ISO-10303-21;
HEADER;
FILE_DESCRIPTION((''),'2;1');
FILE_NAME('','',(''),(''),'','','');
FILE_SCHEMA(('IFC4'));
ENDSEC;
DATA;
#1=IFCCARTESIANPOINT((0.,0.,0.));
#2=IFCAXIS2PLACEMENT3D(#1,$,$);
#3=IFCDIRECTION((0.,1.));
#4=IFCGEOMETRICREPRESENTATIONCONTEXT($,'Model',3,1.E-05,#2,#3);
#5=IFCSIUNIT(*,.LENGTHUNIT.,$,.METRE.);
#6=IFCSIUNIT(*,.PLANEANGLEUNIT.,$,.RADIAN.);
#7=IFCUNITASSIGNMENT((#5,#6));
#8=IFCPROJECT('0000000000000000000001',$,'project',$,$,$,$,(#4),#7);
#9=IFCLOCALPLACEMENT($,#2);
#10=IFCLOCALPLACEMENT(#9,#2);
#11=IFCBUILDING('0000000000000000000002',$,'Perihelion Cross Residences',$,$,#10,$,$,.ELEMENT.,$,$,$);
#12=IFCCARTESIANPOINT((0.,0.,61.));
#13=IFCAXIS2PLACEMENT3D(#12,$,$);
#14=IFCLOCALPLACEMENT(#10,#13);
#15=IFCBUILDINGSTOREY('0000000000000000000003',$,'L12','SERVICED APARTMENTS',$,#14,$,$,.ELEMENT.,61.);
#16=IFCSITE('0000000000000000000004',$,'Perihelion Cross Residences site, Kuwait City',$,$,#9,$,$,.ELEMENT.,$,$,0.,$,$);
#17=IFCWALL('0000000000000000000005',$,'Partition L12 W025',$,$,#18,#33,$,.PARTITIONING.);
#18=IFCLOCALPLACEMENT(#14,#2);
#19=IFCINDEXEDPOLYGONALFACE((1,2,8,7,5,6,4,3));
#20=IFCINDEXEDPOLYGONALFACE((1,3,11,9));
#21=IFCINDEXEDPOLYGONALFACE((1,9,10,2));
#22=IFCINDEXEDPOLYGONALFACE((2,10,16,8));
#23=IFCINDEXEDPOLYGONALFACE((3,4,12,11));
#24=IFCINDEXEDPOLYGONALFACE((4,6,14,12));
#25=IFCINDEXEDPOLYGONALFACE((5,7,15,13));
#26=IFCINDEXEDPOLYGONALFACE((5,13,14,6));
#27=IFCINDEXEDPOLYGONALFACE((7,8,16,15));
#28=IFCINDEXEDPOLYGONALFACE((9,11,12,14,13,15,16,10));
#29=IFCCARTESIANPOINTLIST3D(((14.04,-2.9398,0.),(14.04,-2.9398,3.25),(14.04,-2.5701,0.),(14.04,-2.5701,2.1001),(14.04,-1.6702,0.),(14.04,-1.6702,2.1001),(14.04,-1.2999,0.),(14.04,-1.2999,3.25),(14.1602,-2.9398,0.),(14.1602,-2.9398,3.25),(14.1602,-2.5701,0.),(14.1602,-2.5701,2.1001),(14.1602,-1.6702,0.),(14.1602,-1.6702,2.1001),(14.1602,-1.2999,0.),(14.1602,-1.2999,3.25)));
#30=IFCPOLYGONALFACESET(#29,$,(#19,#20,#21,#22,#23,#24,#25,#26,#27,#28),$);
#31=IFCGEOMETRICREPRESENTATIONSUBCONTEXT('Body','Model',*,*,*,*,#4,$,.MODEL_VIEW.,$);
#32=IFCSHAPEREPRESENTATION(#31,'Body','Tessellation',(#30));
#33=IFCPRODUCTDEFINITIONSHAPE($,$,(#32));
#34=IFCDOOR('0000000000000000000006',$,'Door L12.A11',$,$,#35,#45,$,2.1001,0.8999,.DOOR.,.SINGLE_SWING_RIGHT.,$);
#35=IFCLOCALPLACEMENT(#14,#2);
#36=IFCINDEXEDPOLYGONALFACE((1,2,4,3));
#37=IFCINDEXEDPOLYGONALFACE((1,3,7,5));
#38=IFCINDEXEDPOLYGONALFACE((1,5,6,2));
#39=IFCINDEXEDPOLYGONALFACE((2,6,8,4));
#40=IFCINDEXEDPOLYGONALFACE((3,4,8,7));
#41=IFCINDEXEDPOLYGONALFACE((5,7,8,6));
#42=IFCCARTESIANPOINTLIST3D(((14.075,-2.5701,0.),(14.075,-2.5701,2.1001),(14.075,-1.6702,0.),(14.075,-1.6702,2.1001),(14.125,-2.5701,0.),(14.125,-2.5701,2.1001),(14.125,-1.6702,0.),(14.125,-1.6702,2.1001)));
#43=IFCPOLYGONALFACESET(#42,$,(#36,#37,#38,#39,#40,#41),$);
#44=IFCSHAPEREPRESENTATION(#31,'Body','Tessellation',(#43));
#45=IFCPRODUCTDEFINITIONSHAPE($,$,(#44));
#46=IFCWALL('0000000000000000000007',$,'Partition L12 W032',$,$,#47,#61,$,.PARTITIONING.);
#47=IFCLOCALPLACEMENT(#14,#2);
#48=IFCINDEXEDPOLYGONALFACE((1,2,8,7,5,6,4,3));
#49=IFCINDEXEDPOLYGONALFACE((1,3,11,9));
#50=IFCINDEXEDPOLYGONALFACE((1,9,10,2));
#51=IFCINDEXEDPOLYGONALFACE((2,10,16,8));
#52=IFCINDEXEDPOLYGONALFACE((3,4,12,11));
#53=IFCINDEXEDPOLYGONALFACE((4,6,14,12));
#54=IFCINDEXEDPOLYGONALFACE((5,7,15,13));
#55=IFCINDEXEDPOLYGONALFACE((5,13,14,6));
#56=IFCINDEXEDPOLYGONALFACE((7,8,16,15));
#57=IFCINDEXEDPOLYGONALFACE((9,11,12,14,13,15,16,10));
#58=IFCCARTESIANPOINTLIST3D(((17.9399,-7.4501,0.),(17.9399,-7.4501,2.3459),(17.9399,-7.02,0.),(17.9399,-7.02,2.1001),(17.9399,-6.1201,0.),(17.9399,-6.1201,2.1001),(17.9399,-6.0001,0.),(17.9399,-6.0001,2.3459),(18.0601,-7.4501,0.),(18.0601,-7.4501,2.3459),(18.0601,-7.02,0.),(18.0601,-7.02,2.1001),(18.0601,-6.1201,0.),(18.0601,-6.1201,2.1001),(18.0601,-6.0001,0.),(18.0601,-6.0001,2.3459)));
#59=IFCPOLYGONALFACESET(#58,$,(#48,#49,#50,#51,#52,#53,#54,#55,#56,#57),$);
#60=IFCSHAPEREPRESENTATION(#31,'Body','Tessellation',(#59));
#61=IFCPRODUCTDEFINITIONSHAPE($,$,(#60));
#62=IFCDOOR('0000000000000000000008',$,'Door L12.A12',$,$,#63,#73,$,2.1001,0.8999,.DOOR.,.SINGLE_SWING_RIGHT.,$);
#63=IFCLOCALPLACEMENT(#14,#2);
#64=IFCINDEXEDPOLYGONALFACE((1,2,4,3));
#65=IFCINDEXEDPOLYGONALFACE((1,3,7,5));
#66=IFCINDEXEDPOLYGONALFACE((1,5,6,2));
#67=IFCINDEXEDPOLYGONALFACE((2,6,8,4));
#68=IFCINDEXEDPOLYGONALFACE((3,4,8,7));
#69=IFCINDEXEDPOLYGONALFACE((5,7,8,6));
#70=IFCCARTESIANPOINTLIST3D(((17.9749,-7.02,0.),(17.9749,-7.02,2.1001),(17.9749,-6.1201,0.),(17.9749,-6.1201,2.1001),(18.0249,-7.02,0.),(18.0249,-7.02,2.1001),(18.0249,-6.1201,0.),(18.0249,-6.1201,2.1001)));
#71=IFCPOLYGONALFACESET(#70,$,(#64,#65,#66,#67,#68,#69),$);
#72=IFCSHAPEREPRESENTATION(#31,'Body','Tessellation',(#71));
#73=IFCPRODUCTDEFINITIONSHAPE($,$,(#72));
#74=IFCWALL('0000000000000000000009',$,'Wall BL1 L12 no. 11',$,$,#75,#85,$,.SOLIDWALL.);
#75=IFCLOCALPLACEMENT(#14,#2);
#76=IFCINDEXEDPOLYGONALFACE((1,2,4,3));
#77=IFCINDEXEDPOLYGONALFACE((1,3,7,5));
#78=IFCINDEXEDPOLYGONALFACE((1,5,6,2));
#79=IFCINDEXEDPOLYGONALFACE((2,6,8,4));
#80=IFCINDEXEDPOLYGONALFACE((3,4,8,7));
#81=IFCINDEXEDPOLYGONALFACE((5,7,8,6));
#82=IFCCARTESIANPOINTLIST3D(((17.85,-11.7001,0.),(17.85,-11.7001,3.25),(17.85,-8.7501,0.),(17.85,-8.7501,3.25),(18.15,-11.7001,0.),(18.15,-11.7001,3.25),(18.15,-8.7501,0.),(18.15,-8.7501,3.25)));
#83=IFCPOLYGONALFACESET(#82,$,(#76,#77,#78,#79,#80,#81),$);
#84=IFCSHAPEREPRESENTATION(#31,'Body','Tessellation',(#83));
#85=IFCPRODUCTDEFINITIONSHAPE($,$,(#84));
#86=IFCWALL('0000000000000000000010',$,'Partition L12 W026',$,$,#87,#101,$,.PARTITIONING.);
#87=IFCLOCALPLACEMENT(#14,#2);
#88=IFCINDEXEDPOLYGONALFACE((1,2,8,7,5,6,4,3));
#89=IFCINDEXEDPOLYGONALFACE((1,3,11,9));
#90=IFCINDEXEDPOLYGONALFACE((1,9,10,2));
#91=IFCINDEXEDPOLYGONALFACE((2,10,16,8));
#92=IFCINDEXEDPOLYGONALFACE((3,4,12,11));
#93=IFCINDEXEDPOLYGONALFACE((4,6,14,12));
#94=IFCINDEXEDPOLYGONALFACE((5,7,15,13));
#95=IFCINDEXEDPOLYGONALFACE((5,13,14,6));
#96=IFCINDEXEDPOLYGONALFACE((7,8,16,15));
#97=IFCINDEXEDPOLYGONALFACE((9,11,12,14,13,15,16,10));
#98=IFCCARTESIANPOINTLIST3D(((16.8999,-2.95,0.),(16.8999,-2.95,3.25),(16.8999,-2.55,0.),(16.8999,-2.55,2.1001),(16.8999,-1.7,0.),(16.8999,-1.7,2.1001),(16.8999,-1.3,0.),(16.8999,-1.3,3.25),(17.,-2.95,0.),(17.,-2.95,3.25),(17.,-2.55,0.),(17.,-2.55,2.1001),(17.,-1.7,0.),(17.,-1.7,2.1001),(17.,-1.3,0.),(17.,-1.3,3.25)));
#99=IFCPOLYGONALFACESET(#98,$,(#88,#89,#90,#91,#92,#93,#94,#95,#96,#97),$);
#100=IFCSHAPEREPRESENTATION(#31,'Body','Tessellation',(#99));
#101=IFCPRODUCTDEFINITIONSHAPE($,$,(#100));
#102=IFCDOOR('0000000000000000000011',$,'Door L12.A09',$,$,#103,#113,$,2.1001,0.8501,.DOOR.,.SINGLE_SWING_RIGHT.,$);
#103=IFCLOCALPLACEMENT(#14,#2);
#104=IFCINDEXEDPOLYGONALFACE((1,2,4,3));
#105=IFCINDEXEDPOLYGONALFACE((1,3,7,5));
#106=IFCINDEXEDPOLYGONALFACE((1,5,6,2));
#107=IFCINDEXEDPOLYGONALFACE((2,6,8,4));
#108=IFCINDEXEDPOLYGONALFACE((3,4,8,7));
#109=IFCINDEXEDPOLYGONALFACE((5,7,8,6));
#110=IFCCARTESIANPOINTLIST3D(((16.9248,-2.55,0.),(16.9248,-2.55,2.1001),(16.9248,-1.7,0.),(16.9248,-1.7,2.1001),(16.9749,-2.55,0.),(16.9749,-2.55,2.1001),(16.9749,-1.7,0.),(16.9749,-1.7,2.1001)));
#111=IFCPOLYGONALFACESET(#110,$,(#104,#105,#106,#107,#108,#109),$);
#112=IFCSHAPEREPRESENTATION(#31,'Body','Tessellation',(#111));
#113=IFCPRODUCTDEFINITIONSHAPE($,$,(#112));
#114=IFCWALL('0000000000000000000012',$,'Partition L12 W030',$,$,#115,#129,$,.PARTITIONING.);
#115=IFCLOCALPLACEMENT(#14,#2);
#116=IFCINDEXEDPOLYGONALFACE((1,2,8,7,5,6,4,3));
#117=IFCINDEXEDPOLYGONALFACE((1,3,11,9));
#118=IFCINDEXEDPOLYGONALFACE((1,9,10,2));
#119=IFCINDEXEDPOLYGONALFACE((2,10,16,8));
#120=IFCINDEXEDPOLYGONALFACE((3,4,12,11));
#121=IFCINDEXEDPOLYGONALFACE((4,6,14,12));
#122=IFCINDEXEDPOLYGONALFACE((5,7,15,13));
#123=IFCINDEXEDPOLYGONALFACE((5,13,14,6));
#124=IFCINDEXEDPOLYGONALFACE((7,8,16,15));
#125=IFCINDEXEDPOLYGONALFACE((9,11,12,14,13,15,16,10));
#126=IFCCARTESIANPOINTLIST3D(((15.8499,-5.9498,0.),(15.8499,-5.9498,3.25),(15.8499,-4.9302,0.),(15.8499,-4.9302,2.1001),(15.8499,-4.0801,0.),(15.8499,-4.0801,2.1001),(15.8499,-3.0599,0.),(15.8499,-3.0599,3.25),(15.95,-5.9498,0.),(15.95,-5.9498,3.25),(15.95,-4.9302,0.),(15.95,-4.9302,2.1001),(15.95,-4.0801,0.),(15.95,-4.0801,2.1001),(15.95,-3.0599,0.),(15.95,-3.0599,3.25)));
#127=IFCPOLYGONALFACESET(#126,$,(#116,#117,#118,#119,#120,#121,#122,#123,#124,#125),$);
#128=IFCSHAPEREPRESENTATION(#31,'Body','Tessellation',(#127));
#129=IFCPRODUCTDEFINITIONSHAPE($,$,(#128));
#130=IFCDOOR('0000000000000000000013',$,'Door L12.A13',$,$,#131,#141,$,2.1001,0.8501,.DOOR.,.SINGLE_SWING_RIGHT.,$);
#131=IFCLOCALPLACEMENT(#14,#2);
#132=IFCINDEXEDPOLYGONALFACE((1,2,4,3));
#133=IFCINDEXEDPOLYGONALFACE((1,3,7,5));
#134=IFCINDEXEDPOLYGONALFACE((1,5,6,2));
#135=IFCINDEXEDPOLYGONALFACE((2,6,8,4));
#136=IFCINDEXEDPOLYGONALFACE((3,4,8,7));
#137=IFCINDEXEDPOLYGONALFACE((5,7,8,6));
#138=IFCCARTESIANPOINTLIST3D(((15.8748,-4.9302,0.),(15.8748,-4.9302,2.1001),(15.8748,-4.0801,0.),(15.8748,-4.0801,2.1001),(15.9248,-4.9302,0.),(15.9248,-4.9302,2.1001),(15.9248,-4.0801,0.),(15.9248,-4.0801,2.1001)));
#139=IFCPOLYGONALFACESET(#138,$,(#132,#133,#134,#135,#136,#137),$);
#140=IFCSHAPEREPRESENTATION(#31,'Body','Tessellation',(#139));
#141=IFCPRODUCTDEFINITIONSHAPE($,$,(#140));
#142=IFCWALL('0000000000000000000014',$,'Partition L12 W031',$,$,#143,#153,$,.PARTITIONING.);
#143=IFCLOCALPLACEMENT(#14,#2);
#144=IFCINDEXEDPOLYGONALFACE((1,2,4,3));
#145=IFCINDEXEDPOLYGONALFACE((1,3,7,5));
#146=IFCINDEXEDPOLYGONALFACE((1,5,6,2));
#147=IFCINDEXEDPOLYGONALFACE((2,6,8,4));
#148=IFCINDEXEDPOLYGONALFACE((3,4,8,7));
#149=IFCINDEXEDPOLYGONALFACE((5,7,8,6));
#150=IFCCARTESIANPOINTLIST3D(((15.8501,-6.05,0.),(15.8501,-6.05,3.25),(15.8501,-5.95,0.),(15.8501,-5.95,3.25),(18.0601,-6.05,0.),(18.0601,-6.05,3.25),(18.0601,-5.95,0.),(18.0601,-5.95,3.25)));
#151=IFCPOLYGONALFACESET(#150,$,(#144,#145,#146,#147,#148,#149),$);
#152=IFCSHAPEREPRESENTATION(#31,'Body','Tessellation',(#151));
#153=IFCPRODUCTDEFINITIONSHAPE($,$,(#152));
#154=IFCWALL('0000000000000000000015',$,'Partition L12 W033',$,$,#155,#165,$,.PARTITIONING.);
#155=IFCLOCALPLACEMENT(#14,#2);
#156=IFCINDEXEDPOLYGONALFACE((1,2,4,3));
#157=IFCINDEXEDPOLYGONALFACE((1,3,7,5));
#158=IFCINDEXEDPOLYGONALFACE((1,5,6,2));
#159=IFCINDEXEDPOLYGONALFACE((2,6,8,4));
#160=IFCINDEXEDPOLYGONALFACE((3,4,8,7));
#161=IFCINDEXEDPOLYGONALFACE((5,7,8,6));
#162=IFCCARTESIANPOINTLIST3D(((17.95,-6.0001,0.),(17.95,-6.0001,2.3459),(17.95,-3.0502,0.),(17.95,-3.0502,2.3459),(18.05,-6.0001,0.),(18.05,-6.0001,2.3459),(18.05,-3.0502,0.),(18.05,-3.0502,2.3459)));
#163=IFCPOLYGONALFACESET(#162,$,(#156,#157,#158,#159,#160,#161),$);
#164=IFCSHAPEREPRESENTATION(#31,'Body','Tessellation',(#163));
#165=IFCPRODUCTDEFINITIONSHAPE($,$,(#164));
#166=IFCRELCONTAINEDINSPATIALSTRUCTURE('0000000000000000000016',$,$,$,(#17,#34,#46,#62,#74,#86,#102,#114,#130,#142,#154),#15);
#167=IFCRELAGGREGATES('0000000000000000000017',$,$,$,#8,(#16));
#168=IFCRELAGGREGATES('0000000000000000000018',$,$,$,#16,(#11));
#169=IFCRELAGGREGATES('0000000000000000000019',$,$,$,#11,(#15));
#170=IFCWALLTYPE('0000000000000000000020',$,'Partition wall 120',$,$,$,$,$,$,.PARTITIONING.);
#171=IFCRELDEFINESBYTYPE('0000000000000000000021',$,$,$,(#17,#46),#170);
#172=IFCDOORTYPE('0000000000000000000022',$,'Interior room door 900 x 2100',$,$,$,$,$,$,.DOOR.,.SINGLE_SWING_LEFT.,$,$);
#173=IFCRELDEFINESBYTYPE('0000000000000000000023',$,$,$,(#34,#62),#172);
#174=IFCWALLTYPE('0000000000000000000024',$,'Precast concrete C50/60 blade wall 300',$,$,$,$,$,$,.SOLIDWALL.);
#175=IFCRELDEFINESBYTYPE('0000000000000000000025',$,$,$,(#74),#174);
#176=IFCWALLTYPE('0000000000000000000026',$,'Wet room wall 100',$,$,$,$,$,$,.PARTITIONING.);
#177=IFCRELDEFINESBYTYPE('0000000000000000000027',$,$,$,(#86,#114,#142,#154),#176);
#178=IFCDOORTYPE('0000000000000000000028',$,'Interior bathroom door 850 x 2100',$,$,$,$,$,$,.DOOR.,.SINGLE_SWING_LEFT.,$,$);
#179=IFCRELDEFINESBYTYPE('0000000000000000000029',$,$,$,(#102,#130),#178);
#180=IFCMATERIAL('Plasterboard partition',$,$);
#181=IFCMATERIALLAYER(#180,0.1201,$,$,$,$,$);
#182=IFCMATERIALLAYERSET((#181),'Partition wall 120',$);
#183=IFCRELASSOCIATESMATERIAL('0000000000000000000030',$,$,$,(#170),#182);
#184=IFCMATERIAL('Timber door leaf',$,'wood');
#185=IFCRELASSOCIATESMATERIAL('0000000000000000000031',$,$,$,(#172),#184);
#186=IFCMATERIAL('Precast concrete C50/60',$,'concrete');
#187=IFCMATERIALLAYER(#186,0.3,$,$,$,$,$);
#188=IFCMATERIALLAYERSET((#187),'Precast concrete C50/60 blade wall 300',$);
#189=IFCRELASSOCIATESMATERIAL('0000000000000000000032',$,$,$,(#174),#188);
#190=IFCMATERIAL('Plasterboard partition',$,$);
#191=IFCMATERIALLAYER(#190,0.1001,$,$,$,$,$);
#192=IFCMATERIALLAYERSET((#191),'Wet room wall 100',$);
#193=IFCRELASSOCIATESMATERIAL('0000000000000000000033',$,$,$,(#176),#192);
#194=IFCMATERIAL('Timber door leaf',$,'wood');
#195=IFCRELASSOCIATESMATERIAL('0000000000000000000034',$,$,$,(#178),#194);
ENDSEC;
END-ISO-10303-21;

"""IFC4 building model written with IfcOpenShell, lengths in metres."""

from ifc_helpers import new_model, si_unit, direction, frame, frame_2d, origin, place, context, subcontext, project, spatial, rectangle, extrude, material, layer, layer_set, type_object, element, fill, save


model = new_model("IFC4")

# Units and contexts
model_context = context("Model", 3, precision=1e-05, world=origin(), true_north=direction((0.0, 1.0)))
body_context = subcontext(model_context, "Body", "Model", "MODEL_VIEW")
ifc_project = project(units=[si_unit("LENGTHUNIT", "METRE"), si_unit("PLANEANGLEUNIT", "RADIAN")], contexts=[model_context])

# Site, building, storey
site_placement = place(None, origin())
site = spatial("IfcSite", under=ifc_project, at=site_placement, Name="Perihelion Cross Residences site, Kuwait City", CompositionType="ELEMENT", RefElevation=0.0)
building_placement = place(site_placement, origin())
building = spatial("IfcBuilding", under=site, at=building_placement, Name="Perihelion Cross Residences", CompositionType="ELEMENT")
storey_placement = place(building_placement, frame((0.0, 0.0, 61.0)))
storey = spatial("IfcBuildingStorey", under=building, at=storey_placement, Name="L12", Description="SERVICED APARTMENTS", CompositionType="ELEMENT", Elevation=61.0)

# Shared definitions
ifc_material_1 = material(Name="Plasterboard partition")
ifc_layer_1 = layer(ifc_material_1, 0.1201)
ifc_layer_set_1 = layer_set([ifc_layer_1], Name="Partition wall 120")
wall_type_1 = type_object("IfcWallType", Name="Partition wall 120", PredefinedType="PARTITIONING", material=ifc_layer_set_1)

# Shared definitions
ifc_material_2 = material(Name="Timber door leaf", Category="wood")
door_type_1 = type_object("IfcDoorType", Name="Interior room door 900 x 2100", OperationType="SINGLE_SWING_LEFT", PredefinedType="DOOR", material=ifc_material_2)

# Walls, openings, doors
wall_1_placement = place(storey_placement, frame((14.1001, -1.3, 0.0), z_axis=(0.0, 0.0, 1.0), x_axis=(0.0, -1.0, 0.0)))
wall_1 = element("IfcWall", 1, at=wall_1_placement, inside=storey, type_object=wall_type_1, Name="Partition L12 W025", PredefinedType="PARTITIONING", context=body_context, shape_type="SweptSolid", body=[
    extrude(rectangle(XDim=1.6399, YDim=0.1201, at=frame_2d((0.8198, 0.0))), origin(), (0.0, 0.0, 1.0), 3.25),
])
opening_1_placement = place(wall_1_placement, frame((0.3701, 0.0, 0.0)))
opening_1 = element("IfcOpeningElement", 2, at=opening_1_placement, cuts=wall_1, PredefinedType="OPENING", context=body_context, shape_type="SweptSolid", body=[
    extrude(rectangle(XDim=0.8999, YDim=2.1001, at=frame_2d((0.45, 1.05))), frame((0.0, 0.0701, 0.0), z_axis=(0.0, -1.0, 0.0), x_axis=(1.0, 0.0, 0.0)), (0.0, 0.0, 1.0), 0.1401),
])
door_1_placement = place(opening_1_placement, origin())
door_1 = element("IfcDoor", 3, at=door_1_placement, inside=storey, type_object=door_type_1, Name="Door L12.A11", OperationType="SINGLE_SWING_RIGHT", OverallHeight=2.1001, OverallWidth=0.8999, PredefinedType="DOOR", context=body_context, shape_type="SweptSolid", body=[
    extrude(rectangle(XDim=0.8999, YDim=2.1001, at=frame_2d((0.45, 1.05))), frame((0.0, 0.0249, 0.0), z_axis=(0.0, -1.0, 0.0), x_axis=(1.0, 0.0, 0.0)), (0.0, 0.0, 1.0), 0.05),
])
fill(opening_1, door_1)
wall_2_placement = place(storey_placement, frame((18.0, -6.0, 0.0), z_axis=(0.0, 0.0, 1.0), x_axis=(0.0, -1.0, 0.0)))
wall_2 = element("IfcWall", 4, at=wall_2_placement, inside=storey, type_object=wall_type_1, Name="Partition L12 W032", PredefinedType="PARTITIONING", context=body_context, shape_type="SweptSolid", body=[
    extrude(rectangle(XDim=1.45, YDim=0.1201, at=frame_2d((0.7251, 0.0))), origin(), (0.0, 0.0, 1.0), 2.3459),
])
opening_2_placement = place(wall_2_placement, frame((0.1201, 0.0, 0.0)))
opening_2 = element("IfcOpeningElement", 5, at=opening_2_placement, cuts=wall_2, PredefinedType="OPENING", context=body_context, shape_type="SweptSolid", body=[
    extrude(rectangle(XDim=0.8999, YDim=2.1001, at=frame_2d((0.45, 1.05))), frame((0.0, 0.0701, 0.0), z_axis=(0.0, -1.0, 0.0), x_axis=(1.0, 0.0, 0.0)), (0.0, 0.0, 1.0), 0.1401),
])
door_2_placement = place(opening_2_placement, origin())
door_2 = element("IfcDoor", 6, at=door_2_placement, inside=storey, type_object=door_type_1, Name="Door L12.A12", OperationType="SINGLE_SWING_RIGHT", OverallHeight=2.1001, OverallWidth=0.8999, PredefinedType="DOOR", context=body_context, shape_type="SweptSolid", body=[
    extrude(rectangle(XDim=0.8999, YDim=2.1001, at=frame_2d((0.45, 1.05))), frame((0.0, 0.0249, 0.0), z_axis=(0.0, -1.0, 0.0), x_axis=(1.0, 0.0, 0.0)), (0.0, 0.0, 1.0), 0.05),
])
fill(opening_2, door_2)

# Wall
ifc_material_3 = material(Name="Precast concrete C50/60", Category="concrete")
ifc_layer_2 = layer(ifc_material_3, 0.3)
ifc_layer_set_2 = layer_set([ifc_layer_2], Name="Precast concrete C50/60 blade wall 300")
wall_type_2 = type_object("IfcWallType", Name="Precast concrete C50/60 blade wall 300", PredefinedType="SOLIDWALL", material=ifc_layer_set_2)
wall_3_placement = place(storey_placement, frame((18.0, -8.75, 0.0), z_axis=(0.0, 0.0, 1.0), x_axis=(0.0, -1.0, 0.0)))
element("IfcWall", 7, at=wall_3_placement, inside=storey, type_object=wall_type_2, Name="Wall BL1 L12 no. 11", PredefinedType="SOLIDWALL", context=body_context, shape_type="SweptSolid", body=[
    extrude(rectangle(XDim=2.95, YDim=0.3, at=frame_2d((1.4751, 0.0))), origin(), (0.0, 0.0, 1.0), 3.25),
])

# Walls, openings, doors
ifc_material_4 = material(Name="Plasterboard partition")
ifc_layer_3 = layer(ifc_material_4, 0.1001)
ifc_layer_set_3 = layer_set([ifc_layer_3], Name="Wet room wall 100")
wall_type_3 = type_object("IfcWallType", Name="Wet room wall 100", PredefinedType="PARTITIONING", material=ifc_layer_set_3)
wall_4_placement = place(storey_placement, frame((16.95, -1.3, 0.0), z_axis=(0.0, 0.0, 1.0), x_axis=(0.0, -1.0, 0.0)))
wall_4 = element("IfcWall", 8, at=wall_4_placement, inside=storey, type_object=wall_type_3, Name="Partition L12 W026", PredefinedType="PARTITIONING", context=body_context, shape_type="SweptSolid", body=[
    extrude(rectangle(XDim=1.6499, YDim=0.1001, at=frame_2d((0.825, 0.0))), origin(), (0.0, 0.0, 1.0), 3.25),
])
opening_3_placement = place(wall_4_placement, frame((0.3999, 0.0, 0.0)))
opening_3 = element("IfcOpeningElement", 9, at=opening_3_placement, cuts=wall_4, PredefinedType="OPENING", context=body_context, shape_type="SweptSolid", body=[
    extrude(rectangle(XDim=0.8501, YDim=2.1001, at=frame_2d((0.425, 1.05))), frame((0.0, 0.0601, 0.0), z_axis=(0.0, -1.0, 0.0), x_axis=(1.0, 0.0, 0.0)), (0.0, 0.0, 1.0), 0.1201),
])
ifc_material_5 = material(Name="Timber door leaf", Category="wood")
door_type_2 = type_object("IfcDoorType", Name="Interior bathroom door 850 x 2100", OperationType="SINGLE_SWING_LEFT", PredefinedType="DOOR", material=ifc_material_5)
door_3_placement = place(opening_3_placement, origin())
door_3 = element("IfcDoor", 10, at=door_3_placement, inside=storey, type_object=door_type_2, Name="Door L12.A09", OperationType="SINGLE_SWING_RIGHT", OverallHeight=2.1001, OverallWidth=0.8501, PredefinedType="DOOR", context=body_context, shape_type="SweptSolid", body=[
    extrude(rectangle(XDim=0.8501, YDim=2.1001, at=frame_2d((0.425, 1.05))), frame((0.0, 0.0249, 0.0), z_axis=(0.0, -1.0, 0.0), x_axis=(1.0, 0.0, 0.0)), (0.0, 0.0, 1.0), 0.05),
])
fill(opening_3, door_3)
wall_5_placement = place(storey_placement, frame((15.8999, -3.0601, 0.0), z_axis=(0.0, 0.0, 1.0), x_axis=(0.0, -1.0, 0.0)))
wall_5 = element("IfcWall", 11, at=wall_5_placement, inside=storey, type_object=wall_type_3, Name="Partition L12 W030", PredefinedType="PARTITIONING", context=body_context, shape_type="SweptSolid", body=[
    extrude(rectangle(XDim=2.8899, YDim=0.1001, at=frame_2d((1.4448, 0.0))), origin(), (0.0, 0.0, 1.0), 3.25),
])
opening_4_placement = place(wall_5_placement, frame((1.02, 0.0, 0.0)))
opening_4 = element("IfcOpeningElement", 12, at=opening_4_placement, cuts=wall_5, PredefinedType="OPENING", context=body_context, shape_type="SweptSolid", body=[
    extrude(rectangle(XDim=0.8501, YDim=2.1001, at=frame_2d((0.425, 1.05))), frame((0.0, 0.0601, 0.0), z_axis=(0.0, -1.0, 0.0), x_axis=(1.0, 0.0, 0.0)), (0.0, 0.0, 1.0), 0.1201),
])
door_4_placement = place(opening_4_placement, origin())
door_4 = element("IfcDoor", 13, at=door_4_placement, inside=storey, type_object=door_type_2, Name="Door L12.A13", OperationType="SINGLE_SWING_RIGHT", OverallHeight=2.1001, OverallWidth=0.8501, PredefinedType="DOOR", context=body_context, shape_type="SweptSolid", body=[
    extrude(rectangle(XDim=0.8501, YDim=2.1001, at=frame_2d((0.425, 1.05))), frame((0.0, 0.0249, 0.0), z_axis=(0.0, -1.0, 0.0), x_axis=(1.0, 0.0, 0.0)), (0.0, 0.0, 1.0), 0.05),
])
fill(opening_4, door_4)

# Walls
wall_6_placement = place(storey_placement, frame((15.8501, -6.0, 0.0), z_axis=(0.0, 0.0, 1.0), x_axis=(1.0, 0.0, 0.0)))
element("IfcWall", 14, at=wall_6_placement, inside=storey, type_object=wall_type_3, Name="Partition L12 W031", PredefinedType="PARTITIONING", context=body_context, shape_type="SweptSolid", body=[
    extrude(rectangle(XDim=2.21, YDim=0.1001, at=frame_2d((1.105, 0.0))), origin(), (0.0, 0.0, 1.0), 3.25),
])
wall_7_placement = place(storey_placement, frame((18.0, -3.05, 0.0), z_axis=(0.0, 0.0, 1.0), x_axis=(0.0, -1.0, 0.0)))
element("IfcWall", 15, at=wall_7_placement, inside=storey, type_object=wall_type_3, Name="Partition L12 W033", PredefinedType="PARTITIONING", context=body_context, shape_type="SweptSolid", body=[
    extrude(rectangle(XDim=2.95, YDim=0.1001, at=frame_2d((1.4751, 0.0))), origin(), (0.0, 0.0, 1.0), 2.3459),
])

save(model, "model.ifc")
